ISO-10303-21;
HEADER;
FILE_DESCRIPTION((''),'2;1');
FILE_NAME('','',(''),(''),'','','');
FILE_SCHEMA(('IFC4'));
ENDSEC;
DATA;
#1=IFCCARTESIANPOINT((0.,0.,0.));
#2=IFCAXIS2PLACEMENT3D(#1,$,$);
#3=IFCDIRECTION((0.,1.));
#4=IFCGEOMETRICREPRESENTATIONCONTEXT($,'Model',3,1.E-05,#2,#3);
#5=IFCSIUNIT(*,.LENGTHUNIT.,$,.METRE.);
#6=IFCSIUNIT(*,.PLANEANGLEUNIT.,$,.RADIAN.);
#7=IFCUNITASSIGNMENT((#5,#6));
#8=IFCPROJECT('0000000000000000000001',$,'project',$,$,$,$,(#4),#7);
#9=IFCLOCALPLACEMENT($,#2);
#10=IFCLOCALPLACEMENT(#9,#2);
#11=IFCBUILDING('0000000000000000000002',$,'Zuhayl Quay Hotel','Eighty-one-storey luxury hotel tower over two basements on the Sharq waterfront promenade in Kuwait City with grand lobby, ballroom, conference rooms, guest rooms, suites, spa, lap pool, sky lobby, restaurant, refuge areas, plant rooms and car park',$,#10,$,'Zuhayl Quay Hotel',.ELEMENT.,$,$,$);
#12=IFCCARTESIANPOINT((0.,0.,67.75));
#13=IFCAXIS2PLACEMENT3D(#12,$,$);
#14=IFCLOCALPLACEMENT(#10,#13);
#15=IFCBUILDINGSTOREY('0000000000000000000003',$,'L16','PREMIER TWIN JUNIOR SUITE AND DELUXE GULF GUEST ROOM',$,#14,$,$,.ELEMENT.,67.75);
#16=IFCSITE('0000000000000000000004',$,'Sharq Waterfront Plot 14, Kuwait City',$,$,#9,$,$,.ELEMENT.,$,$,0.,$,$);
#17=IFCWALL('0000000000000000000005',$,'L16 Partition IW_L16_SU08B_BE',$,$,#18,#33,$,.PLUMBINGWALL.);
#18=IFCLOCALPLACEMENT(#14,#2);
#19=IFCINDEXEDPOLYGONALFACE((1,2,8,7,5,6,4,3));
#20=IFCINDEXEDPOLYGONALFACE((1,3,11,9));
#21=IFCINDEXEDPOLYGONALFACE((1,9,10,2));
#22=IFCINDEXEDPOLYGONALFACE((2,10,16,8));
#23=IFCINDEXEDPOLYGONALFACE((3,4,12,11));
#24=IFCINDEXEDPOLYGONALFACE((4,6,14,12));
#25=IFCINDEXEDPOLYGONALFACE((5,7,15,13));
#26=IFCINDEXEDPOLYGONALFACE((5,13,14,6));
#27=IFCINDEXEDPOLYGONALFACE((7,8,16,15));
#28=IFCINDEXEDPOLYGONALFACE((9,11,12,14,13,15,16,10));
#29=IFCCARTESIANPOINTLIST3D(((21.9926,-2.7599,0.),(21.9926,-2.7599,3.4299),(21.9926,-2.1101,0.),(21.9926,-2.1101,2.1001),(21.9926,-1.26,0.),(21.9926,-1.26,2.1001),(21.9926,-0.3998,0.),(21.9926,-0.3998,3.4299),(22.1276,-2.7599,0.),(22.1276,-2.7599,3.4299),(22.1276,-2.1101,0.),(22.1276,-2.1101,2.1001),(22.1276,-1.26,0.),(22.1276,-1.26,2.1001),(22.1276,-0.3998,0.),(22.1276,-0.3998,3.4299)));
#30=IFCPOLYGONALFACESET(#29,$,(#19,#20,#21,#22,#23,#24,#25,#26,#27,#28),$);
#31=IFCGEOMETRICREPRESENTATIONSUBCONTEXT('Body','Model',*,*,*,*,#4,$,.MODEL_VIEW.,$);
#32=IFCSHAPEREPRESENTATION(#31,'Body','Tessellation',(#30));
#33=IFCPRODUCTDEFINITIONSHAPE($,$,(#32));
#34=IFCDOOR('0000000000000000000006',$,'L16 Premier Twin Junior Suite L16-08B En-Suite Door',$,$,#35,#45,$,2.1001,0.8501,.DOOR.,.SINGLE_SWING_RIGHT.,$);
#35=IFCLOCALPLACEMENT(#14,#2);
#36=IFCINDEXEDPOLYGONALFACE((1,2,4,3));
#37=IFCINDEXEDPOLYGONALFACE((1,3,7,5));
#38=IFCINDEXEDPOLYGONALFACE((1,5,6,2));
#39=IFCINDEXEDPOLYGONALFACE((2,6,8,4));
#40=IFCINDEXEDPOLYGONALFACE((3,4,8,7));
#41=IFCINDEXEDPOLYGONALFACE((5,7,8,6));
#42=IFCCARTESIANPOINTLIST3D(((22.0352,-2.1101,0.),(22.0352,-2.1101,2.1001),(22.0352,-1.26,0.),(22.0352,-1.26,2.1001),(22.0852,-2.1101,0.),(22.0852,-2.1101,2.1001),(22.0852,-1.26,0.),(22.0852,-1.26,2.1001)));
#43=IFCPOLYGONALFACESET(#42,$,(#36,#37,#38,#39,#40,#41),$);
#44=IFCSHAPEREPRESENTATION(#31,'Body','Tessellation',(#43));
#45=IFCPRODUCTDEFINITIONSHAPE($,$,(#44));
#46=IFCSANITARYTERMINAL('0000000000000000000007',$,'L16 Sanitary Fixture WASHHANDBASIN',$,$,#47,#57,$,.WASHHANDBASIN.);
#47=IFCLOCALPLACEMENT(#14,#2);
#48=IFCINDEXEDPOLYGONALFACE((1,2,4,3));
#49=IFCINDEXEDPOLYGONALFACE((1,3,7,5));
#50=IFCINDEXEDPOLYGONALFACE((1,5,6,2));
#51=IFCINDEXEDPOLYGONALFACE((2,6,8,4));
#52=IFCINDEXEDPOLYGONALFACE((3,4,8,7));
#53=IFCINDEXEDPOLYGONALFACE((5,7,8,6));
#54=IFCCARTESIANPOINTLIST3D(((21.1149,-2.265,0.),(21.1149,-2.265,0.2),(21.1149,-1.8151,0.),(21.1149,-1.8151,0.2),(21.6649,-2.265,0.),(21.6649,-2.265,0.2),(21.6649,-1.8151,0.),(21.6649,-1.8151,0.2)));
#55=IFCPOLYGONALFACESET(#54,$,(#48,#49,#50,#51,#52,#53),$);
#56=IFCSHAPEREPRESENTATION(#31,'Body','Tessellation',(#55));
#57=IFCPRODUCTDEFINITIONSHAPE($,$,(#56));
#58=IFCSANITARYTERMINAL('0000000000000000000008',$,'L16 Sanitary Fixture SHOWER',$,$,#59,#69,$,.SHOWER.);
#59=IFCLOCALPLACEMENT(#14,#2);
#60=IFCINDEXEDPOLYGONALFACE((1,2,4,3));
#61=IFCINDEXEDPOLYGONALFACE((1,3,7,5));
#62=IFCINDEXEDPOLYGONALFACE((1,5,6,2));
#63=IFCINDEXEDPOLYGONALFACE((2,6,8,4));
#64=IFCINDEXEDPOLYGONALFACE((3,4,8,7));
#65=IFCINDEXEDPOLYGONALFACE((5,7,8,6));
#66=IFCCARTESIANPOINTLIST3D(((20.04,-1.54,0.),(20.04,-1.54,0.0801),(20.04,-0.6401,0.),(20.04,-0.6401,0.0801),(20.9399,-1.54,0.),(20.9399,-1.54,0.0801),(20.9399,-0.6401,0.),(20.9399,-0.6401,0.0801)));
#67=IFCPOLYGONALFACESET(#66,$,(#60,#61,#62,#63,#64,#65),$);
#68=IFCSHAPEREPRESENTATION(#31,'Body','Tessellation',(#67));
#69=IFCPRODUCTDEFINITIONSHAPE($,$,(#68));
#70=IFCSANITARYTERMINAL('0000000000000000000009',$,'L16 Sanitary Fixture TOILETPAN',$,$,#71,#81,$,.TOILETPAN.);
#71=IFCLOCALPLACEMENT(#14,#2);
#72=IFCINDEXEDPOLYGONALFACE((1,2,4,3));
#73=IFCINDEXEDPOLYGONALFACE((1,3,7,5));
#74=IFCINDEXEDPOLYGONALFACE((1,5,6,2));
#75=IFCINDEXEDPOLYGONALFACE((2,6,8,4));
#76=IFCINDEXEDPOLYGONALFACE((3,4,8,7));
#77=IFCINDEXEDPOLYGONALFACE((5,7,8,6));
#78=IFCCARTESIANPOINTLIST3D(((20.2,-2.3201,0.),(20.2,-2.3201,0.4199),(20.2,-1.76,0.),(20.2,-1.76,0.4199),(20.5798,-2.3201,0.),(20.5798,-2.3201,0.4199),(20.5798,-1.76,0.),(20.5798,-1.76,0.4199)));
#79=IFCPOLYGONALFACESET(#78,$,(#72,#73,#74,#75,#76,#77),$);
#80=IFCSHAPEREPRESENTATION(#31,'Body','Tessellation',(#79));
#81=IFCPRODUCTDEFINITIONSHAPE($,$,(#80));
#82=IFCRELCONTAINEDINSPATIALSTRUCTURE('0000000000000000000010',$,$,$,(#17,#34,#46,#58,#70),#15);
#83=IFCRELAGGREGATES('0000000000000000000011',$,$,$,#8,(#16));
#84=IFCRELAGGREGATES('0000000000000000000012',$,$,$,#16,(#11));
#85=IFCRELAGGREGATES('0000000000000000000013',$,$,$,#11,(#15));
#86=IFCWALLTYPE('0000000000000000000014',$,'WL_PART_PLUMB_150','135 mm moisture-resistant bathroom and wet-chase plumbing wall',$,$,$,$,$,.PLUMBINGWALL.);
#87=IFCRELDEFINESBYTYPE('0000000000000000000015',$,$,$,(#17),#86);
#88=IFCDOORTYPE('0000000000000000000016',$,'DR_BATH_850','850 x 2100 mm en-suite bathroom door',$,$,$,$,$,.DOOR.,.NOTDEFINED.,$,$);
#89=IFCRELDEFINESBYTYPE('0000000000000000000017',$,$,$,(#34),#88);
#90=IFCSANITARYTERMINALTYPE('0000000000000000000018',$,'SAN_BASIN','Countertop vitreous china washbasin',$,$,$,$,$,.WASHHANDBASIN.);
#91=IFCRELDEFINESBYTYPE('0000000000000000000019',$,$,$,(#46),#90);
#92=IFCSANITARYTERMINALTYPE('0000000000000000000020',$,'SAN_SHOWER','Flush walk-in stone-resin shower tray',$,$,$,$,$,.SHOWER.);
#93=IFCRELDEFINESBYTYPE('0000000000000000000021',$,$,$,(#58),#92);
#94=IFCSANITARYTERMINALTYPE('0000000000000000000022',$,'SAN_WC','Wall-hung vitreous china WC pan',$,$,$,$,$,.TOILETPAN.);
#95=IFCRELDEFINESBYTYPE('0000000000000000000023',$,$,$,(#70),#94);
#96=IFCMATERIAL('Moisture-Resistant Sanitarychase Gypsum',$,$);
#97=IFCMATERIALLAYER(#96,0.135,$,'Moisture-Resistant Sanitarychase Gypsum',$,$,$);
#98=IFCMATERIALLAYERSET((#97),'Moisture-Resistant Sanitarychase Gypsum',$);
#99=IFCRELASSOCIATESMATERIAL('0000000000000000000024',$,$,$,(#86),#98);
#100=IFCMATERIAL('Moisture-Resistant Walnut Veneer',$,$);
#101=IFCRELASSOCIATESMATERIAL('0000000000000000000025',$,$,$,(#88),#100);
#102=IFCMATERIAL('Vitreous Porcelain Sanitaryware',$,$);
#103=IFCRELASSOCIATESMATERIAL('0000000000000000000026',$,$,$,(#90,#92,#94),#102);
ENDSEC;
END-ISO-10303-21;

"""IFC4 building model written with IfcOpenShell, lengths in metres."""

from ifc_helpers import new_model, si_unit, direction, frame, frame_2d, origin, origin_2d, place, context, subcontext, project, spatial, rectangle, extrude, material, layer, layer_set, type_object, element, fill, save


model = new_model("IFC4")

# Units and contexts
model_context = context("Model", 3, precision=1e-05, world=origin(), true_north=direction((0.0, 1.0)))
body_context = subcontext(model_context, "Body", "Model", "MODEL_VIEW")
ifc_project = project(units=[si_unit("LENGTHUNIT", "METRE"), si_unit("PLANEANGLEUNIT", "RADIAN")], contexts=[model_context])

# Site, building, storey
site_placement = place(None, origin())
site = spatial("IfcSite", under=ifc_project, at=site_placement, Name="Sharq Waterfront Plot 14, Kuwait City", CompositionType="ELEMENT", RefElevation=0.0)
building_placement = place(site_placement, origin())
building = spatial("IfcBuilding", under=site, at=building_placement, Name="Zuhayl Quay Hotel", Description="Eighty-one-storey luxury hotel tower over two basements on the Sharq waterfront promenade in Kuwait City with grand lobby, ballroom, conference rooms, guest rooms, suites, spa, lap pool, sky lobby, restaurant, refuge areas, plant rooms and car park", LongName="Zuhayl Quay Hotel", CompositionType="ELEMENT")
storey_placement = place(building_placement, frame((0.0, 0.0, 67.75)))
storey = spatial("IfcBuildingStorey", under=building, at=storey_placement, Name="L16", Description="PREMIER TWIN JUNIOR SUITE AND DELUXE GULF GUEST ROOM", CompositionType="ELEMENT", Elevation=67.75)

# Wall, opening, door
ifc_material_1 = material(Name="Moisture-Resistant Sanitarychase Gypsum")
ifc_layer_1 = layer(ifc_material_1, 0.135, Name="Moisture-Resistant Sanitarychase Gypsum")
ifc_layer_set_1 = layer_set([ifc_layer_1], Name="Moisture-Resistant Sanitarychase Gypsum")
wall_type_1 = type_object("IfcWallType", Name="WL_PART_PLUMB_150", Description="135 mm moisture-resistant bathroom and wet-chase plumbing wall", PredefinedType="PLUMBINGWALL", material=ifc_layer_set_1)
wall_1_placement = place(storey_placement, frame((22.0601, -2.76, 0.0), z_axis=(0.0, 0.0, 1.0), x_axis=(0.0, 1.0, 0.0)))
wall_1 = element("IfcWall", 1, at=wall_1_placement, inside=storey, type_object=wall_type_1, Name="L16 Partition IW_L16_SU08B_BE", PredefinedType="PLUMBINGWALL", context=body_context, shape_type="SweptSolid", body=[
    extrude(rectangle(XDim=2.3601, YDim=0.135, at=frame_2d((1.1802, 0.0))), origin(), (0.0, 0.0, 1.0), 3.4299),
])
opening_placement = place(wall_1_placement, frame((0.6499, 0.0, 0.0)))
opening = element("IfcOpeningElement", 2, at=opening_placement, cuts=wall_1, PredefinedType="OPENING", context=body_context, shape_type="SweptSolid", body=[
    extrude(rectangle(XDim=0.8501, YDim=2.1001, at=frame_2d((0.425, 1.05))), frame((0.0, 0.0774, 0.0), z_axis=(0.0, -1.0, 0.0), x_axis=(1.0, 0.0, 0.0)), (0.0, 0.0, 1.0), 0.155),
])
ifc_material_2 = material(Name="Moisture-Resistant Walnut Veneer")
door_type = type_object("IfcDoorType", Name="DR_BATH_850", Description="850 x 2100 mm en-suite bathroom door", OperationType="NOTDEFINED", PredefinedType="DOOR", material=ifc_material_2)
door_placement = place(opening_placement, origin())
door = element("IfcDoor", 3, at=door_placement, inside=storey, type_object=door_type, Name="L16 Premier Twin Junior Suite L16-08B En-Suite Door", OperationType="SINGLE_SWING_RIGHT", OverallHeight=2.1001, OverallWidth=0.8501, PredefinedType="DOOR", context=body_context, shape_type="SweptSolid", body=[
    extrude(rectangle(XDim=0.8501, YDim=2.1001, at=frame_2d((0.425, 1.05))), frame((0.0, 0.0249, 0.0), z_axis=(0.0, -1.0, 0.0), x_axis=(1.0, 0.0, 0.0)), (0.0, 0.0, 1.0), 0.05),
])
fill(opening, door)

# Sanitary terminals
ifc_material_3 = material(Name="Vitreous Porcelain Sanitaryware")
sanitary_terminal_type_1 = type_object("IfcSanitaryTerminalType", Name="SAN_BASIN", Description="Countertop vitreous china washbasin", PredefinedType="WASHHANDBASIN", material=ifc_material_3)
sanitary_terminal_1_placement = place(storey_placement, frame((21.3899, -2.04, 0.0), z_axis=(0.0, 0.0, 1.0), x_axis=(1.0, 0.0, 0.0)))
element("IfcSanitaryTerminal", 4, at=sanitary_terminal_1_placement, inside=storey, type_object=sanitary_terminal_type_1, Name="L16 Sanitary Fixture WASHHANDBASIN", PredefinedType="WASHHANDBASIN", context=body_context, shape_type="SweptSolid", body=[
    extrude(rectangle(XDim=0.55, YDim=0.45, at=origin_2d()), origin(), (0.0, 0.0, 1.0), 0.2),
])
sanitary_terminal_type_2 = type_object("IfcSanitaryTerminalType", Name="SAN_SHOWER", Description="Flush walk-in stone-resin shower tray", PredefinedType="SHOWER", material=ifc_material_3)
sanitary_terminal_2_placement = place(storey_placement, frame((20.49, -1.0901, 0.0), z_axis=(0.0, 0.0, 1.0), x_axis=(1.0, 0.0, 0.0)))
element("IfcSanitaryTerminal", 5, at=sanitary_terminal_2_placement, inside=storey, type_object=sanitary_terminal_type_2, Name="L16 Sanitary Fixture SHOWER", PredefinedType="SHOWER", context=body_context, shape_type="SweptSolid", body=[
    extrude(rectangle(XDim=0.8999, YDim=0.8999, at=origin_2d()), origin(), (0.0, 0.0, 1.0), 0.0801),
])
sanitary_terminal_type_3 = type_object("IfcSanitaryTerminalType", Name="SAN_WC", Description="Wall-hung vitreous china WC pan", PredefinedType="TOILETPAN", material=ifc_material_3)
sanitary_terminal_3_placement = place(storey_placement, frame((20.3899, -2.04, 0.0), z_axis=(0.0, 0.0, 1.0), x_axis=(1.0, 0.0, 0.0)))
element("IfcSanitaryTerminal", 6, at=sanitary_terminal_3_placement, inside=storey, type_object=sanitary_terminal_type_3, Name="L16 Sanitary Fixture TOILETPAN", PredefinedType="TOILETPAN", context=body_context, shape_type="SweptSolid", body=[
    extrude(rectangle(XDim=0.3799, YDim=0.5601, at=origin_2d()), origin(), (0.0, 0.0, 1.0), 0.4199),
])

save(model, "model.ifc")
